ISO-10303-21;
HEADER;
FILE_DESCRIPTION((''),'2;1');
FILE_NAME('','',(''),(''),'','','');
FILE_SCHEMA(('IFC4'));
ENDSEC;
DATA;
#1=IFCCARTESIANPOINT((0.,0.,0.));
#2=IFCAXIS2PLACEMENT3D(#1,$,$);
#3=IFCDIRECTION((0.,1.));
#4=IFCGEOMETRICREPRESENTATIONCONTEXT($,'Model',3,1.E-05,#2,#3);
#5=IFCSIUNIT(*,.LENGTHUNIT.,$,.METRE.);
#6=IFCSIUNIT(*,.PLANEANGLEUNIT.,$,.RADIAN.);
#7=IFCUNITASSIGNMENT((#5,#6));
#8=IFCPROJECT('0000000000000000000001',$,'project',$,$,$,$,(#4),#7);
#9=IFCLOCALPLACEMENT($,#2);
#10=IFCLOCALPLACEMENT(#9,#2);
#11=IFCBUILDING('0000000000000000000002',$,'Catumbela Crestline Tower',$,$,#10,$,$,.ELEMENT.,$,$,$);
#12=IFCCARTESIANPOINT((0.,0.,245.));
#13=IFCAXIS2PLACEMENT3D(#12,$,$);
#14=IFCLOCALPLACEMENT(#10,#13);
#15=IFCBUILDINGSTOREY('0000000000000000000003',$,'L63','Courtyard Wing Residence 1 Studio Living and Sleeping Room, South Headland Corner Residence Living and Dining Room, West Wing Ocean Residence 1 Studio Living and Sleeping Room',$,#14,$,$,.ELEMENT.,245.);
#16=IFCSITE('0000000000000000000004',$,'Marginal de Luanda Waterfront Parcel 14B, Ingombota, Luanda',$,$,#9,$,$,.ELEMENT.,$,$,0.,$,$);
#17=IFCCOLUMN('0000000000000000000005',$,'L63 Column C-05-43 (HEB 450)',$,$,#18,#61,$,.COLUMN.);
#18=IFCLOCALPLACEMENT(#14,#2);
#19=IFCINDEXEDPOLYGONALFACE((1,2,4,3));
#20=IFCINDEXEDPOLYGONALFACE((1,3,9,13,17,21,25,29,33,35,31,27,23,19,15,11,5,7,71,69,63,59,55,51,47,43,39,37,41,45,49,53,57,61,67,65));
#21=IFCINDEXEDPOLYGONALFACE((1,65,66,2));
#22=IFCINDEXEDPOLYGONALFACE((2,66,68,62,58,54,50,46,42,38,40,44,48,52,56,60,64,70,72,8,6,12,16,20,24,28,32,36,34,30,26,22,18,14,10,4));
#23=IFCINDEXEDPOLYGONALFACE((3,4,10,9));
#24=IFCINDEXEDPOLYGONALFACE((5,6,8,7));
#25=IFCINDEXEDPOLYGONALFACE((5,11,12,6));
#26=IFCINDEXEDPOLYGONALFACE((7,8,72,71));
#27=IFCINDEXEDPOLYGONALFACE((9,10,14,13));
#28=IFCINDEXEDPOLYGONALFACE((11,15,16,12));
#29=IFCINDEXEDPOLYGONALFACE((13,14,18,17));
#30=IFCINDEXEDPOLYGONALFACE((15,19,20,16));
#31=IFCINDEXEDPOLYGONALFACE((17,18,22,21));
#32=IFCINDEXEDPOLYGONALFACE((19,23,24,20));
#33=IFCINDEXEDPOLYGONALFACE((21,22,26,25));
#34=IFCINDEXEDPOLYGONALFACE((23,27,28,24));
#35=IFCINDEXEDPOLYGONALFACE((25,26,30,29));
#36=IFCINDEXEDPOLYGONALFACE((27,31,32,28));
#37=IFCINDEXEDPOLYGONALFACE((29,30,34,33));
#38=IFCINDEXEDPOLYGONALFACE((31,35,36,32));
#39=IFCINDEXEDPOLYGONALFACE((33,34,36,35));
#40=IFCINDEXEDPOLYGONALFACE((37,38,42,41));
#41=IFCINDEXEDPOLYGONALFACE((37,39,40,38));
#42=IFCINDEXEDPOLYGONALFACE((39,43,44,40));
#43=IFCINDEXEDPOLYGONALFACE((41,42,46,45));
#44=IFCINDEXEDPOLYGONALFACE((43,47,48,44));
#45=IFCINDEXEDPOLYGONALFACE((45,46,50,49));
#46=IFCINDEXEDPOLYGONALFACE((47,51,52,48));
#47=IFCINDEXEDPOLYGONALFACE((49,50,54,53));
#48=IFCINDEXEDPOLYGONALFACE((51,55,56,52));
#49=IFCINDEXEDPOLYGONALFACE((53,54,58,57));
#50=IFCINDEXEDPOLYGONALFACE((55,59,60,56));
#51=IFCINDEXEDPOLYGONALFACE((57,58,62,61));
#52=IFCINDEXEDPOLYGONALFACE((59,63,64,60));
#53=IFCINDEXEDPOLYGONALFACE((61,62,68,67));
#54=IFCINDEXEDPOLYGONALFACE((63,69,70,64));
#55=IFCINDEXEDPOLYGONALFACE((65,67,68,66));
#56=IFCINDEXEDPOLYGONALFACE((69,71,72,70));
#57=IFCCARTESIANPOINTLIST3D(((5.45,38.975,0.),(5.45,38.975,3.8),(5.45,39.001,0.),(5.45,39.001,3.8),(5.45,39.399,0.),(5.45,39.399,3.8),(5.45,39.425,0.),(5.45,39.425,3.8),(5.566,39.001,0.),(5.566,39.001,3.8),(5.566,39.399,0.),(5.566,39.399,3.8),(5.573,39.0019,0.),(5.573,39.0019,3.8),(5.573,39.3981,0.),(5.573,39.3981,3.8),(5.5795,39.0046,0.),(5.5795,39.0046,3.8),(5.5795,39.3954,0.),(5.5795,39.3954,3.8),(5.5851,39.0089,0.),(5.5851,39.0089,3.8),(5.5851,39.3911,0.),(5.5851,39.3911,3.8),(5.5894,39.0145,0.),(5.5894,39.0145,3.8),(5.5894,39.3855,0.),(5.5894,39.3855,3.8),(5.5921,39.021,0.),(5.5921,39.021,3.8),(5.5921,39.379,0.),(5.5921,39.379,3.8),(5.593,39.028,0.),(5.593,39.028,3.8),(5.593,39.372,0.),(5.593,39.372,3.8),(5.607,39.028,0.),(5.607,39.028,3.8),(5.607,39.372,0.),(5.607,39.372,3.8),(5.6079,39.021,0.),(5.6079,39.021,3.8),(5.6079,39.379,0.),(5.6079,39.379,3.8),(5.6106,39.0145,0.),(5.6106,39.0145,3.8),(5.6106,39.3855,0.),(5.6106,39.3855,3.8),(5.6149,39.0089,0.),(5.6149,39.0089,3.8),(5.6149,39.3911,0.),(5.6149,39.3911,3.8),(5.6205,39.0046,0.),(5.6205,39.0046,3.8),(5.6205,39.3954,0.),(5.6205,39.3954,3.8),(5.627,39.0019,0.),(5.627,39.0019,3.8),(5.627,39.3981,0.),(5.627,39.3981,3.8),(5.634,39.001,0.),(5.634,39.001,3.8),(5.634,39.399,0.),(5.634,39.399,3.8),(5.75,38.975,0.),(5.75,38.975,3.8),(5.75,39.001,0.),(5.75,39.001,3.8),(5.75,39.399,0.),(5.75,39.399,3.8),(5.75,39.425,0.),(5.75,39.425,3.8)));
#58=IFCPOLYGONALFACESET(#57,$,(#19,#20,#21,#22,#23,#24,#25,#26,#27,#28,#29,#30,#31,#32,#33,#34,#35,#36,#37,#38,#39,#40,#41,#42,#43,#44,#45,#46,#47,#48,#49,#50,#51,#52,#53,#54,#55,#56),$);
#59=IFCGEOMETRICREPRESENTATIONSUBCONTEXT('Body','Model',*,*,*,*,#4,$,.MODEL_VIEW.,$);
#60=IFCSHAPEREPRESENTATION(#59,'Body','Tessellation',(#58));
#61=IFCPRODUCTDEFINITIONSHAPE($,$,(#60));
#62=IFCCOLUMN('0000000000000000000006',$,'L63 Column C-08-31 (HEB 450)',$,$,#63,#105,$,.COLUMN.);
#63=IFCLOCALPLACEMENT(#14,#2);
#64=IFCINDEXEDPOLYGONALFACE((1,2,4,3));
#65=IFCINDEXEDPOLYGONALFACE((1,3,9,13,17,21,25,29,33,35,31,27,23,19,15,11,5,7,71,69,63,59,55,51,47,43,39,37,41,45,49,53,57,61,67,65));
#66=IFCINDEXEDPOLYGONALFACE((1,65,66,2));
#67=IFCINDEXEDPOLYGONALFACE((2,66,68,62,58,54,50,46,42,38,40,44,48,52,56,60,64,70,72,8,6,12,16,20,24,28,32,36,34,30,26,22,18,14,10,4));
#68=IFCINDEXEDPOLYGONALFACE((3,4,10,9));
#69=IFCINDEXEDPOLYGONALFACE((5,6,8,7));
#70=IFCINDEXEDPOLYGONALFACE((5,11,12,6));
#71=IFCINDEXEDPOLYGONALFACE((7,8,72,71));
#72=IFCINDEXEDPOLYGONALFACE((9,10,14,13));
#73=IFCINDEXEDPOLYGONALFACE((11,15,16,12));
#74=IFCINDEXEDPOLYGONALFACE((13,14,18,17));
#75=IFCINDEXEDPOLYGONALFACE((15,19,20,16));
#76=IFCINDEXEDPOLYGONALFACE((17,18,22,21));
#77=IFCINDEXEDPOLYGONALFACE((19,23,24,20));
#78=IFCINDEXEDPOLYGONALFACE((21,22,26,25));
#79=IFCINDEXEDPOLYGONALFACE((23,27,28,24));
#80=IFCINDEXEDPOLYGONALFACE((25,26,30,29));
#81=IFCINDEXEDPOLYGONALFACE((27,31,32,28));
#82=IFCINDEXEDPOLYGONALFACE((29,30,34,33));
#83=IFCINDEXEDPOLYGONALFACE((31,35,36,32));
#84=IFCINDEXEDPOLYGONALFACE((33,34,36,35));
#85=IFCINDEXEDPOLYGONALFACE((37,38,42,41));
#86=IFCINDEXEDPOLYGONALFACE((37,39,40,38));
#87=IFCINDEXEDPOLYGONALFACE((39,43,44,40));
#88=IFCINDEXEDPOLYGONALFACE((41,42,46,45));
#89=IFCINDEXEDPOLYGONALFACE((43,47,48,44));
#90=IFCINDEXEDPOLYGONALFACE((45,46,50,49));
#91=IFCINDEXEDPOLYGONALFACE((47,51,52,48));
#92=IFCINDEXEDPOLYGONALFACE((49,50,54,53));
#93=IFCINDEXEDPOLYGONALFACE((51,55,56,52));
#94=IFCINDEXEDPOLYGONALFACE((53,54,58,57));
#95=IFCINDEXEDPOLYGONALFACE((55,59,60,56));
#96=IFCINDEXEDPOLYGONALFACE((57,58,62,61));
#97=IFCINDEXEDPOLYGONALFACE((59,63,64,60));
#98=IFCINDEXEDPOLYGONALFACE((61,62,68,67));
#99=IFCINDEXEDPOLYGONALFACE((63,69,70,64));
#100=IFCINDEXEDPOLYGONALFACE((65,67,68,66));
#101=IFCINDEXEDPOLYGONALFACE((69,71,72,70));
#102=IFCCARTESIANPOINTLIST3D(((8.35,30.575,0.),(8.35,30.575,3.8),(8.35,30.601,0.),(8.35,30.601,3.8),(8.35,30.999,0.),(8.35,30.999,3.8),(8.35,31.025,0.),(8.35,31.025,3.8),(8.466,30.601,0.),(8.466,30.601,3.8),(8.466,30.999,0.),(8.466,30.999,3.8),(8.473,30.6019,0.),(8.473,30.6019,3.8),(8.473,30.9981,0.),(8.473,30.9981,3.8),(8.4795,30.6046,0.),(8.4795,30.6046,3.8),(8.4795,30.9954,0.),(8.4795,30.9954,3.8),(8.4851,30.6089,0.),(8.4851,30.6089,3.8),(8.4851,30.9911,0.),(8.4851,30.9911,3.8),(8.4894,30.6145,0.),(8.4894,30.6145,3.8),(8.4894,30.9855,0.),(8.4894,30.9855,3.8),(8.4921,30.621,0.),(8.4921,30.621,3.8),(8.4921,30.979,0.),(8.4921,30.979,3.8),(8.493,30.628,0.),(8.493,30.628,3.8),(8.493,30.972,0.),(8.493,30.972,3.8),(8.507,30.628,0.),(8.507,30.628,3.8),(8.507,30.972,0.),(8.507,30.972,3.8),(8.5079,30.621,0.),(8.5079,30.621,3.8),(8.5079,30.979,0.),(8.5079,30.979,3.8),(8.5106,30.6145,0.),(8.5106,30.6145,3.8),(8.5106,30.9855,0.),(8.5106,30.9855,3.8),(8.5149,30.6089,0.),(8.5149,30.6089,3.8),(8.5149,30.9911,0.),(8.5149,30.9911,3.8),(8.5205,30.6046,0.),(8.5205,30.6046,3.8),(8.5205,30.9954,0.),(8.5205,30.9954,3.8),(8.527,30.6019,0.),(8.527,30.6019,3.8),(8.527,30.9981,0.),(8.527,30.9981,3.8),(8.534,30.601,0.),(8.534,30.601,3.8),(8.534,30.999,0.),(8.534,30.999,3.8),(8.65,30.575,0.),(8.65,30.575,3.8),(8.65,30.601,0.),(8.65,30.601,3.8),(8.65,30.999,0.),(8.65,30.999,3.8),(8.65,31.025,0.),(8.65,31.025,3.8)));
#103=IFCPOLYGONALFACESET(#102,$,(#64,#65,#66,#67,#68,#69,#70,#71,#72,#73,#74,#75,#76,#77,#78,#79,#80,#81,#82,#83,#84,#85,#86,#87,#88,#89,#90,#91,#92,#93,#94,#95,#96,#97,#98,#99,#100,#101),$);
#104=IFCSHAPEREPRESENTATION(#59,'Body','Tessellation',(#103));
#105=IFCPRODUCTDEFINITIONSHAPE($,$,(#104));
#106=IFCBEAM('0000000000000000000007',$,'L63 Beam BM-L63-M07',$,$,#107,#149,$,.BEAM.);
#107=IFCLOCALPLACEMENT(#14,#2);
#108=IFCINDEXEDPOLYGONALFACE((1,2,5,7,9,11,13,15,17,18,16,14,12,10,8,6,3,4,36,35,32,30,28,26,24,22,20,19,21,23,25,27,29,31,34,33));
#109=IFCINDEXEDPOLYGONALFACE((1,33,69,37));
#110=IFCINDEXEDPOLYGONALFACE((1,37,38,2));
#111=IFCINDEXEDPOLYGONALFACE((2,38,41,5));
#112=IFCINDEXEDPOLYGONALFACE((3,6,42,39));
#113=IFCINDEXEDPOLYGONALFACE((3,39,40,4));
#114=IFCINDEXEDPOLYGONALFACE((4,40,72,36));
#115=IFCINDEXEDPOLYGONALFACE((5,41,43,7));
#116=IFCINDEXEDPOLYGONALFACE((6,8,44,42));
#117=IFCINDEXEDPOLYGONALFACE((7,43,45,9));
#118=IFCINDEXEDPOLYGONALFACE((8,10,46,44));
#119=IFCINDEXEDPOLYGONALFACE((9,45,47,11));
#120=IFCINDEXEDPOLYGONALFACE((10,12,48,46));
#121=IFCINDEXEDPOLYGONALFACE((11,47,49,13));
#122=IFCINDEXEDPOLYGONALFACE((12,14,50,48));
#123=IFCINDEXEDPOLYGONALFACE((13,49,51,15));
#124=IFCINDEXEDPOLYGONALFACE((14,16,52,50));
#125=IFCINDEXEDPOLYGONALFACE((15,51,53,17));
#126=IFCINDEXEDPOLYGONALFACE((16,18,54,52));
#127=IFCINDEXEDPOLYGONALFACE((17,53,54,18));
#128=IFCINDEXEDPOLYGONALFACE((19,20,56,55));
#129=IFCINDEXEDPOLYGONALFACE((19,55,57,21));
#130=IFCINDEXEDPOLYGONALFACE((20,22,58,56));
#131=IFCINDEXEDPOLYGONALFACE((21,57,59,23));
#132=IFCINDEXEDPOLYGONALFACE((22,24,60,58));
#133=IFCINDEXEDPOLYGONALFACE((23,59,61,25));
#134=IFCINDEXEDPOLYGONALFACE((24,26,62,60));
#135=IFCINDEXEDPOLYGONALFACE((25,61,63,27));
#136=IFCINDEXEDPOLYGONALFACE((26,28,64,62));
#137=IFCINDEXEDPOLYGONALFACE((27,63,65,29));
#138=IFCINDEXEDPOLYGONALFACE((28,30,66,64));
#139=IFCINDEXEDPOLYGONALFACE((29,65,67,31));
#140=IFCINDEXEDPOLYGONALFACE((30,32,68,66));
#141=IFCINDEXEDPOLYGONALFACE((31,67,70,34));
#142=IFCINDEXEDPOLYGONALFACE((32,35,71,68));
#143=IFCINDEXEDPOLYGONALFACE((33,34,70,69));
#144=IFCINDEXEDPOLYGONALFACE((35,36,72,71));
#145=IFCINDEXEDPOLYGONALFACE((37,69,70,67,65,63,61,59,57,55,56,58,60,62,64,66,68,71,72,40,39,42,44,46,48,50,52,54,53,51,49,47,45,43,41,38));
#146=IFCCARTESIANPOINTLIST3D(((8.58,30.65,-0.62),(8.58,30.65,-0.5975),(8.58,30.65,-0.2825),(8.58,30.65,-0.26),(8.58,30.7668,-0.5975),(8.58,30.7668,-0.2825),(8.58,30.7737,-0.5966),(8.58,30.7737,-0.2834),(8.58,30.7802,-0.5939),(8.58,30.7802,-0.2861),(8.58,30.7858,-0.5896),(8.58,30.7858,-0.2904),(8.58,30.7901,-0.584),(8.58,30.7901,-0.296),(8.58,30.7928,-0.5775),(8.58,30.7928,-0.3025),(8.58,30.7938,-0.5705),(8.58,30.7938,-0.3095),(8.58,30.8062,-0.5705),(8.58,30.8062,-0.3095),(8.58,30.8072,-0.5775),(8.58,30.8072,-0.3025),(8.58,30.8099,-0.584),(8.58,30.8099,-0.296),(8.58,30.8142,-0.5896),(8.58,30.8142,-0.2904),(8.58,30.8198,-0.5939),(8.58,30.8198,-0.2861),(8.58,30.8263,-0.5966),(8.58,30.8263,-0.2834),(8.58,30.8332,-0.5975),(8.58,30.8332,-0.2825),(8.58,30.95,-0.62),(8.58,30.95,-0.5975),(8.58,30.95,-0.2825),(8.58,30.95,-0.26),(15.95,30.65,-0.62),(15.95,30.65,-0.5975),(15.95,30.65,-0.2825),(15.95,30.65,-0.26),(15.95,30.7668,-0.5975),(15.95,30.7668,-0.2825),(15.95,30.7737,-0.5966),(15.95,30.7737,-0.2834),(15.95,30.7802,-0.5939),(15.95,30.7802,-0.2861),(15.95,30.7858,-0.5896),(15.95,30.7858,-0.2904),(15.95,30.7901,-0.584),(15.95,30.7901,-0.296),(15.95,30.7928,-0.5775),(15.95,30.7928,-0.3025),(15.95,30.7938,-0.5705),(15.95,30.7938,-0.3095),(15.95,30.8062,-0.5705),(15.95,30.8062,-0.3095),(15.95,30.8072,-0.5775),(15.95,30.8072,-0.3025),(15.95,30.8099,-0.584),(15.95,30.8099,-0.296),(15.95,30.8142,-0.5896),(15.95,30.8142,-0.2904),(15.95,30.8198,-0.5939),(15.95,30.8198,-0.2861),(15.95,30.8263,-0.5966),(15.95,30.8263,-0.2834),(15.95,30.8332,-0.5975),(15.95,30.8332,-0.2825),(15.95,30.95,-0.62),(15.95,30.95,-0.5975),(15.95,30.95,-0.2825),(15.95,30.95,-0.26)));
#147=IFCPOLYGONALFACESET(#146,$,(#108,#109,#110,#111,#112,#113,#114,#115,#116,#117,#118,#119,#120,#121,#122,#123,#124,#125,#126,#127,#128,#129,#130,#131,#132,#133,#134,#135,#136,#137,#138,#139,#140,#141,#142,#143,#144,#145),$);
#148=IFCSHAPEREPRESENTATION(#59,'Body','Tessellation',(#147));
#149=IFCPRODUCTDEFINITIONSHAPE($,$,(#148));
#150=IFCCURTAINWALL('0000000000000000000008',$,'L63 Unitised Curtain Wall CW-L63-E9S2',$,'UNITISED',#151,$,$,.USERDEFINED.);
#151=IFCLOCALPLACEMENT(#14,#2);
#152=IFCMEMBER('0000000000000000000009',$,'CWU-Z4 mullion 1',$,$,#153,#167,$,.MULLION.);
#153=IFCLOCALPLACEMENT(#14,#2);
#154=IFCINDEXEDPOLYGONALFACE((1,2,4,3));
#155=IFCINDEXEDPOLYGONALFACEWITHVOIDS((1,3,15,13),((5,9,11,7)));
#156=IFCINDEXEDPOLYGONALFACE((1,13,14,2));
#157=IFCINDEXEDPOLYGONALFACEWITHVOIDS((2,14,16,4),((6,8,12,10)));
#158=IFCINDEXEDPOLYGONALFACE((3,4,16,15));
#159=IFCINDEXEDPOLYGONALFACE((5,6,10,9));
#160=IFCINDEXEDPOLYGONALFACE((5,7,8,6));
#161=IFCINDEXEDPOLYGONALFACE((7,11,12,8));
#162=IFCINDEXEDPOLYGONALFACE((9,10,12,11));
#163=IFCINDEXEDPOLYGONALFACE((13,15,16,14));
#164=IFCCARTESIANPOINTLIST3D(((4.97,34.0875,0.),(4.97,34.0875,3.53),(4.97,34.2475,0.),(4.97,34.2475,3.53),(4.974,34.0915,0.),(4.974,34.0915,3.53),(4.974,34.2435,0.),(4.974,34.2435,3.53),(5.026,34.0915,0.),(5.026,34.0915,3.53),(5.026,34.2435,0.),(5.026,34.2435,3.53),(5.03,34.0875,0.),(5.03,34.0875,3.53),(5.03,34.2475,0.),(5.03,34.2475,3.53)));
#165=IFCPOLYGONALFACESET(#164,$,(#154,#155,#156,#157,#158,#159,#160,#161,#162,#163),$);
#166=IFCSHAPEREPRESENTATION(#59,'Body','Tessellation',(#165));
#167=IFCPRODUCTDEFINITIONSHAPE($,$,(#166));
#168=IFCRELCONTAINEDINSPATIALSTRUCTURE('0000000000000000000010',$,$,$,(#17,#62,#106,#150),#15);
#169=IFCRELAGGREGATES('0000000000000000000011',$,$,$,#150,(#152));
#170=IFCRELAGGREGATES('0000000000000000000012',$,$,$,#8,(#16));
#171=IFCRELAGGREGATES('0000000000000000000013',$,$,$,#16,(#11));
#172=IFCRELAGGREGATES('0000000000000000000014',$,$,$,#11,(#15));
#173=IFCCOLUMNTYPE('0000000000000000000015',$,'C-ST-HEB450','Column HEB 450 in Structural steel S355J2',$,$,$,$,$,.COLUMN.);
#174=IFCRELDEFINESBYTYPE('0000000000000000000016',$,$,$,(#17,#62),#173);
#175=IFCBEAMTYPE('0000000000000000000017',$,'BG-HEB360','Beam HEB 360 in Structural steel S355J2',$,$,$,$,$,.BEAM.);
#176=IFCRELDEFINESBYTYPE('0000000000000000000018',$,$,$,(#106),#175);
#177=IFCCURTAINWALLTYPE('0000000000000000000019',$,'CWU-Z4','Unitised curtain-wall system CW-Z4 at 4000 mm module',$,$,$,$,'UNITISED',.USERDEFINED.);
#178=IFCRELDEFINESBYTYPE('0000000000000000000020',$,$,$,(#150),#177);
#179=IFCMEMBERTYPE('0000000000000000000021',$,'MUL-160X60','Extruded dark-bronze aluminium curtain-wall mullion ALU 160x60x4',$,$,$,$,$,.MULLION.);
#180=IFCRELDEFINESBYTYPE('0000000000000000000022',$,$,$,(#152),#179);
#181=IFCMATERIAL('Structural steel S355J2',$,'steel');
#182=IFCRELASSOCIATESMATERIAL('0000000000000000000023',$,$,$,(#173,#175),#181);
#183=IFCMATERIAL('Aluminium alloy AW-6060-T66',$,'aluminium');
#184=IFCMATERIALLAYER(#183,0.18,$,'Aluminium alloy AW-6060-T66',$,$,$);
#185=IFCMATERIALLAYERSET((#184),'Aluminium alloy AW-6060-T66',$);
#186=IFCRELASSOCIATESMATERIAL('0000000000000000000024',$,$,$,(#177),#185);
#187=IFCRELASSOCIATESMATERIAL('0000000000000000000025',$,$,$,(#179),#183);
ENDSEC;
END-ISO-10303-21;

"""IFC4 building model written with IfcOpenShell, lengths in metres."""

from ifc_helpers import new_model, si_unit, direction, frame, origin, origin_2d, place, context, subcontext, project, spatial, hollow_rectangle, i_section, extrude, material, layer, layer_set, material_profile, profile_set, type_object, element, aggregate, save


model = new_model("IFC4")

# Units and contexts
model_context = context("Model", 3, precision=1e-05, world=origin(), true_north=direction((0.0, 1.0)))
body_context = subcontext(model_context, "Body", "Model", "MODEL_VIEW")
ifc_project = project(units=[si_unit("LENGTHUNIT", "METRE"), si_unit("PLANEANGLEUNIT", "RADIAN")], contexts=[model_context])

# Site, building, storey
site_placement = place(None, origin())
site = spatial("IfcSite", under=ifc_project, at=site_placement, Name="Marginal de Luanda Waterfront Parcel 14B, Ingombota, Luanda", CompositionType="ELEMENT", RefElevation=0.0)
building_placement = place(site_placement, origin())
building = spatial("IfcBuilding", under=site, at=building_placement, Name="Catumbela Crestline Tower", CompositionType="ELEMENT")
storey_placement = place(building_placement, frame((0.0, 0.0, 245.0)))
storey = spatial("IfcBuildingStorey", under=building, at=storey_placement, Name="L63", Description="Courtyard Wing Residence 1 Studio Living and Sleeping Room, South Headland Corner Residence Living and Dining Room, West Wing Ocean Residence 1 Studio Living and Sleeping Room", CompositionType="ELEMENT", Elevation=245.0)

# Columns
ifc_material_1 = material(Name="Structural steel S355J2", Category="steel")
ifc_material_profile_1 = material_profile(ifc_material_1, i_section(OverallWidth=0.3, OverallDepth=0.45, WebThickness=0.014, FlangeThickness=0.026, FilletRadius=0.027, at=origin_2d()), Name="HEB 450")
ifc_profile_set_1 = profile_set([ifc_material_profile_1], Name="Structural steel S355J2")
column_type = type_object("IfcColumnType", Name="C-ST-HEB450", Description="Column HEB 450 in Structural steel S355J2", PredefinedType="COLUMN", material=ifc_profile_set_1)
for number, where, z_axis, x_axis, name in (
    (1, (5.6, 39.2, 0.0), (0.0, 0.0, 1.0), (1.0, 0.0, 0.0), "L63 Column C-05-43 (HEB 450)"),
    (2, (8.5, 30.8, 0.0), (0.0, 0.0, 1.0), (1.0, 0.0, 0.0), "L63 Column C-08-31 (HEB 450)"),
):
    element("IfcColumn", number, at=place(storey_placement, frame(where, z_axis=z_axis, x_axis=x_axis)), inside=storey, type_object=column_type, Name=name, PredefinedType="COLUMN", context=body_context, shape_type="SweptSolid", body=[
        extrude(i_section(OverallWidth=0.3, OverallDepth=0.45, WebThickness=0.014, FlangeThickness=0.026, FilletRadius=0.027, at=origin_2d()), origin(), (0.0, 0.0, 1.0), 3.8),
    ])

# Beam
ifc_material_profile_2 = material_profile(ifc_material_1, i_section(OverallWidth=0.3, OverallDepth=0.36, WebThickness=0.0125, FlangeThickness=0.0225, FilletRadius=0.027, at=origin_2d()), Name="HEB 360")
ifc_profile_set_2 = profile_set([ifc_material_profile_2], Name="Structural steel S355J2")
beam_type_1 = type_object("IfcBeamType", Name="BG-HEB360", Description="Beam HEB 360 in Structural steel S355J2", PredefinedType="BEAM", material=ifc_profile_set_2)
beam_1_placement = place(storey_placement, frame((8.58, 30.8, -0.44), z_axis=(1.0, 0.0, 0.0), x_axis=(0.0, 1.0, 0.0)))
element("IfcBeam", 3, at=beam_1_placement, inside=storey, type_object=beam_type_1, Name="L63 Beam BM-L63-M07", PredefinedType="BEAM", context=body_context, shape_type="SweptSolid", body=[
    extrude(i_section(OverallWidth=0.3, OverallDepth=0.36, WebThickness=0.0125, FlangeThickness=0.0225, FilletRadius=0.027, at=origin_2d()), origin(), (0.0, 0.0, 1.0), 7.37),
])

# Curtain wall, member
ifc_material_2 = material(Name="Aluminium alloy AW-6060-T66", Category="aluminium")
ifc_layer_1 = layer(ifc_material_2, 0.18, Name="Aluminium alloy AW-6060-T66")
ifc_layer_set_1 = layer_set([ifc_layer_1], Name="Aluminium alloy AW-6060-T66")
curtain_wall_type = type_object("IfcCurtainWallType", Name="CWU-Z4", Description="Unitised curtain-wall system CW-Z4 at 4000 mm module", ElementType="UNITISED", PredefinedType="USERDEFINED", material=ifc_layer_set_1)
curtain_wall_placement = place(storey_placement, origin())
curtain_wall = element("IfcCurtainWall", 4, at=curtain_wall_placement, inside=storey, type_object=curtain_wall_type, Name="L63 Unitised Curtain Wall CW-L63-E9S2", ObjectType="UNITISED", PredefinedType="USERDEFINED")
ifc_material_profile_3 = material_profile(ifc_material_2, hollow_rectangle(XDim=0.06, YDim=0.16, WallThickness=0.004, at=origin_2d()), Name="ALU 160x60x4")
ifc_profile_set_3 = profile_set([ifc_material_profile_3], Name="Aluminium alloy AW-6060-T66")
member_type_1 = type_object("IfcMemberType", Name="MUL-160X60", Description="Extruded dark-bronze aluminium curtain-wall mullion ALU 160x60x4", PredefinedType="MULLION", material=ifc_profile_set_3)
member_1_placement = place(storey_placement, frame((5.0, 34.1675, 0.0), z_axis=(0.0, 0.0, 1.0), x_axis=(1.0, 0.0, 0.0)))
member_1 = element("IfcMember", 5, at=member_1_placement, type_object=member_type_1, Name="CWU-Z4 mullion 1", PredefinedType="MULLION", context=body_context, shape_type="SweptSolid", body=[
    extrude(hollow_rectangle(XDim=0.06, YDim=0.16, WallThickness=0.004, at=origin_2d()), origin(), (0.0, 0.0, 1.0), 3.53),
])

aggregate(curtain_wall, [member_1])

save(model, "model.ifc")
